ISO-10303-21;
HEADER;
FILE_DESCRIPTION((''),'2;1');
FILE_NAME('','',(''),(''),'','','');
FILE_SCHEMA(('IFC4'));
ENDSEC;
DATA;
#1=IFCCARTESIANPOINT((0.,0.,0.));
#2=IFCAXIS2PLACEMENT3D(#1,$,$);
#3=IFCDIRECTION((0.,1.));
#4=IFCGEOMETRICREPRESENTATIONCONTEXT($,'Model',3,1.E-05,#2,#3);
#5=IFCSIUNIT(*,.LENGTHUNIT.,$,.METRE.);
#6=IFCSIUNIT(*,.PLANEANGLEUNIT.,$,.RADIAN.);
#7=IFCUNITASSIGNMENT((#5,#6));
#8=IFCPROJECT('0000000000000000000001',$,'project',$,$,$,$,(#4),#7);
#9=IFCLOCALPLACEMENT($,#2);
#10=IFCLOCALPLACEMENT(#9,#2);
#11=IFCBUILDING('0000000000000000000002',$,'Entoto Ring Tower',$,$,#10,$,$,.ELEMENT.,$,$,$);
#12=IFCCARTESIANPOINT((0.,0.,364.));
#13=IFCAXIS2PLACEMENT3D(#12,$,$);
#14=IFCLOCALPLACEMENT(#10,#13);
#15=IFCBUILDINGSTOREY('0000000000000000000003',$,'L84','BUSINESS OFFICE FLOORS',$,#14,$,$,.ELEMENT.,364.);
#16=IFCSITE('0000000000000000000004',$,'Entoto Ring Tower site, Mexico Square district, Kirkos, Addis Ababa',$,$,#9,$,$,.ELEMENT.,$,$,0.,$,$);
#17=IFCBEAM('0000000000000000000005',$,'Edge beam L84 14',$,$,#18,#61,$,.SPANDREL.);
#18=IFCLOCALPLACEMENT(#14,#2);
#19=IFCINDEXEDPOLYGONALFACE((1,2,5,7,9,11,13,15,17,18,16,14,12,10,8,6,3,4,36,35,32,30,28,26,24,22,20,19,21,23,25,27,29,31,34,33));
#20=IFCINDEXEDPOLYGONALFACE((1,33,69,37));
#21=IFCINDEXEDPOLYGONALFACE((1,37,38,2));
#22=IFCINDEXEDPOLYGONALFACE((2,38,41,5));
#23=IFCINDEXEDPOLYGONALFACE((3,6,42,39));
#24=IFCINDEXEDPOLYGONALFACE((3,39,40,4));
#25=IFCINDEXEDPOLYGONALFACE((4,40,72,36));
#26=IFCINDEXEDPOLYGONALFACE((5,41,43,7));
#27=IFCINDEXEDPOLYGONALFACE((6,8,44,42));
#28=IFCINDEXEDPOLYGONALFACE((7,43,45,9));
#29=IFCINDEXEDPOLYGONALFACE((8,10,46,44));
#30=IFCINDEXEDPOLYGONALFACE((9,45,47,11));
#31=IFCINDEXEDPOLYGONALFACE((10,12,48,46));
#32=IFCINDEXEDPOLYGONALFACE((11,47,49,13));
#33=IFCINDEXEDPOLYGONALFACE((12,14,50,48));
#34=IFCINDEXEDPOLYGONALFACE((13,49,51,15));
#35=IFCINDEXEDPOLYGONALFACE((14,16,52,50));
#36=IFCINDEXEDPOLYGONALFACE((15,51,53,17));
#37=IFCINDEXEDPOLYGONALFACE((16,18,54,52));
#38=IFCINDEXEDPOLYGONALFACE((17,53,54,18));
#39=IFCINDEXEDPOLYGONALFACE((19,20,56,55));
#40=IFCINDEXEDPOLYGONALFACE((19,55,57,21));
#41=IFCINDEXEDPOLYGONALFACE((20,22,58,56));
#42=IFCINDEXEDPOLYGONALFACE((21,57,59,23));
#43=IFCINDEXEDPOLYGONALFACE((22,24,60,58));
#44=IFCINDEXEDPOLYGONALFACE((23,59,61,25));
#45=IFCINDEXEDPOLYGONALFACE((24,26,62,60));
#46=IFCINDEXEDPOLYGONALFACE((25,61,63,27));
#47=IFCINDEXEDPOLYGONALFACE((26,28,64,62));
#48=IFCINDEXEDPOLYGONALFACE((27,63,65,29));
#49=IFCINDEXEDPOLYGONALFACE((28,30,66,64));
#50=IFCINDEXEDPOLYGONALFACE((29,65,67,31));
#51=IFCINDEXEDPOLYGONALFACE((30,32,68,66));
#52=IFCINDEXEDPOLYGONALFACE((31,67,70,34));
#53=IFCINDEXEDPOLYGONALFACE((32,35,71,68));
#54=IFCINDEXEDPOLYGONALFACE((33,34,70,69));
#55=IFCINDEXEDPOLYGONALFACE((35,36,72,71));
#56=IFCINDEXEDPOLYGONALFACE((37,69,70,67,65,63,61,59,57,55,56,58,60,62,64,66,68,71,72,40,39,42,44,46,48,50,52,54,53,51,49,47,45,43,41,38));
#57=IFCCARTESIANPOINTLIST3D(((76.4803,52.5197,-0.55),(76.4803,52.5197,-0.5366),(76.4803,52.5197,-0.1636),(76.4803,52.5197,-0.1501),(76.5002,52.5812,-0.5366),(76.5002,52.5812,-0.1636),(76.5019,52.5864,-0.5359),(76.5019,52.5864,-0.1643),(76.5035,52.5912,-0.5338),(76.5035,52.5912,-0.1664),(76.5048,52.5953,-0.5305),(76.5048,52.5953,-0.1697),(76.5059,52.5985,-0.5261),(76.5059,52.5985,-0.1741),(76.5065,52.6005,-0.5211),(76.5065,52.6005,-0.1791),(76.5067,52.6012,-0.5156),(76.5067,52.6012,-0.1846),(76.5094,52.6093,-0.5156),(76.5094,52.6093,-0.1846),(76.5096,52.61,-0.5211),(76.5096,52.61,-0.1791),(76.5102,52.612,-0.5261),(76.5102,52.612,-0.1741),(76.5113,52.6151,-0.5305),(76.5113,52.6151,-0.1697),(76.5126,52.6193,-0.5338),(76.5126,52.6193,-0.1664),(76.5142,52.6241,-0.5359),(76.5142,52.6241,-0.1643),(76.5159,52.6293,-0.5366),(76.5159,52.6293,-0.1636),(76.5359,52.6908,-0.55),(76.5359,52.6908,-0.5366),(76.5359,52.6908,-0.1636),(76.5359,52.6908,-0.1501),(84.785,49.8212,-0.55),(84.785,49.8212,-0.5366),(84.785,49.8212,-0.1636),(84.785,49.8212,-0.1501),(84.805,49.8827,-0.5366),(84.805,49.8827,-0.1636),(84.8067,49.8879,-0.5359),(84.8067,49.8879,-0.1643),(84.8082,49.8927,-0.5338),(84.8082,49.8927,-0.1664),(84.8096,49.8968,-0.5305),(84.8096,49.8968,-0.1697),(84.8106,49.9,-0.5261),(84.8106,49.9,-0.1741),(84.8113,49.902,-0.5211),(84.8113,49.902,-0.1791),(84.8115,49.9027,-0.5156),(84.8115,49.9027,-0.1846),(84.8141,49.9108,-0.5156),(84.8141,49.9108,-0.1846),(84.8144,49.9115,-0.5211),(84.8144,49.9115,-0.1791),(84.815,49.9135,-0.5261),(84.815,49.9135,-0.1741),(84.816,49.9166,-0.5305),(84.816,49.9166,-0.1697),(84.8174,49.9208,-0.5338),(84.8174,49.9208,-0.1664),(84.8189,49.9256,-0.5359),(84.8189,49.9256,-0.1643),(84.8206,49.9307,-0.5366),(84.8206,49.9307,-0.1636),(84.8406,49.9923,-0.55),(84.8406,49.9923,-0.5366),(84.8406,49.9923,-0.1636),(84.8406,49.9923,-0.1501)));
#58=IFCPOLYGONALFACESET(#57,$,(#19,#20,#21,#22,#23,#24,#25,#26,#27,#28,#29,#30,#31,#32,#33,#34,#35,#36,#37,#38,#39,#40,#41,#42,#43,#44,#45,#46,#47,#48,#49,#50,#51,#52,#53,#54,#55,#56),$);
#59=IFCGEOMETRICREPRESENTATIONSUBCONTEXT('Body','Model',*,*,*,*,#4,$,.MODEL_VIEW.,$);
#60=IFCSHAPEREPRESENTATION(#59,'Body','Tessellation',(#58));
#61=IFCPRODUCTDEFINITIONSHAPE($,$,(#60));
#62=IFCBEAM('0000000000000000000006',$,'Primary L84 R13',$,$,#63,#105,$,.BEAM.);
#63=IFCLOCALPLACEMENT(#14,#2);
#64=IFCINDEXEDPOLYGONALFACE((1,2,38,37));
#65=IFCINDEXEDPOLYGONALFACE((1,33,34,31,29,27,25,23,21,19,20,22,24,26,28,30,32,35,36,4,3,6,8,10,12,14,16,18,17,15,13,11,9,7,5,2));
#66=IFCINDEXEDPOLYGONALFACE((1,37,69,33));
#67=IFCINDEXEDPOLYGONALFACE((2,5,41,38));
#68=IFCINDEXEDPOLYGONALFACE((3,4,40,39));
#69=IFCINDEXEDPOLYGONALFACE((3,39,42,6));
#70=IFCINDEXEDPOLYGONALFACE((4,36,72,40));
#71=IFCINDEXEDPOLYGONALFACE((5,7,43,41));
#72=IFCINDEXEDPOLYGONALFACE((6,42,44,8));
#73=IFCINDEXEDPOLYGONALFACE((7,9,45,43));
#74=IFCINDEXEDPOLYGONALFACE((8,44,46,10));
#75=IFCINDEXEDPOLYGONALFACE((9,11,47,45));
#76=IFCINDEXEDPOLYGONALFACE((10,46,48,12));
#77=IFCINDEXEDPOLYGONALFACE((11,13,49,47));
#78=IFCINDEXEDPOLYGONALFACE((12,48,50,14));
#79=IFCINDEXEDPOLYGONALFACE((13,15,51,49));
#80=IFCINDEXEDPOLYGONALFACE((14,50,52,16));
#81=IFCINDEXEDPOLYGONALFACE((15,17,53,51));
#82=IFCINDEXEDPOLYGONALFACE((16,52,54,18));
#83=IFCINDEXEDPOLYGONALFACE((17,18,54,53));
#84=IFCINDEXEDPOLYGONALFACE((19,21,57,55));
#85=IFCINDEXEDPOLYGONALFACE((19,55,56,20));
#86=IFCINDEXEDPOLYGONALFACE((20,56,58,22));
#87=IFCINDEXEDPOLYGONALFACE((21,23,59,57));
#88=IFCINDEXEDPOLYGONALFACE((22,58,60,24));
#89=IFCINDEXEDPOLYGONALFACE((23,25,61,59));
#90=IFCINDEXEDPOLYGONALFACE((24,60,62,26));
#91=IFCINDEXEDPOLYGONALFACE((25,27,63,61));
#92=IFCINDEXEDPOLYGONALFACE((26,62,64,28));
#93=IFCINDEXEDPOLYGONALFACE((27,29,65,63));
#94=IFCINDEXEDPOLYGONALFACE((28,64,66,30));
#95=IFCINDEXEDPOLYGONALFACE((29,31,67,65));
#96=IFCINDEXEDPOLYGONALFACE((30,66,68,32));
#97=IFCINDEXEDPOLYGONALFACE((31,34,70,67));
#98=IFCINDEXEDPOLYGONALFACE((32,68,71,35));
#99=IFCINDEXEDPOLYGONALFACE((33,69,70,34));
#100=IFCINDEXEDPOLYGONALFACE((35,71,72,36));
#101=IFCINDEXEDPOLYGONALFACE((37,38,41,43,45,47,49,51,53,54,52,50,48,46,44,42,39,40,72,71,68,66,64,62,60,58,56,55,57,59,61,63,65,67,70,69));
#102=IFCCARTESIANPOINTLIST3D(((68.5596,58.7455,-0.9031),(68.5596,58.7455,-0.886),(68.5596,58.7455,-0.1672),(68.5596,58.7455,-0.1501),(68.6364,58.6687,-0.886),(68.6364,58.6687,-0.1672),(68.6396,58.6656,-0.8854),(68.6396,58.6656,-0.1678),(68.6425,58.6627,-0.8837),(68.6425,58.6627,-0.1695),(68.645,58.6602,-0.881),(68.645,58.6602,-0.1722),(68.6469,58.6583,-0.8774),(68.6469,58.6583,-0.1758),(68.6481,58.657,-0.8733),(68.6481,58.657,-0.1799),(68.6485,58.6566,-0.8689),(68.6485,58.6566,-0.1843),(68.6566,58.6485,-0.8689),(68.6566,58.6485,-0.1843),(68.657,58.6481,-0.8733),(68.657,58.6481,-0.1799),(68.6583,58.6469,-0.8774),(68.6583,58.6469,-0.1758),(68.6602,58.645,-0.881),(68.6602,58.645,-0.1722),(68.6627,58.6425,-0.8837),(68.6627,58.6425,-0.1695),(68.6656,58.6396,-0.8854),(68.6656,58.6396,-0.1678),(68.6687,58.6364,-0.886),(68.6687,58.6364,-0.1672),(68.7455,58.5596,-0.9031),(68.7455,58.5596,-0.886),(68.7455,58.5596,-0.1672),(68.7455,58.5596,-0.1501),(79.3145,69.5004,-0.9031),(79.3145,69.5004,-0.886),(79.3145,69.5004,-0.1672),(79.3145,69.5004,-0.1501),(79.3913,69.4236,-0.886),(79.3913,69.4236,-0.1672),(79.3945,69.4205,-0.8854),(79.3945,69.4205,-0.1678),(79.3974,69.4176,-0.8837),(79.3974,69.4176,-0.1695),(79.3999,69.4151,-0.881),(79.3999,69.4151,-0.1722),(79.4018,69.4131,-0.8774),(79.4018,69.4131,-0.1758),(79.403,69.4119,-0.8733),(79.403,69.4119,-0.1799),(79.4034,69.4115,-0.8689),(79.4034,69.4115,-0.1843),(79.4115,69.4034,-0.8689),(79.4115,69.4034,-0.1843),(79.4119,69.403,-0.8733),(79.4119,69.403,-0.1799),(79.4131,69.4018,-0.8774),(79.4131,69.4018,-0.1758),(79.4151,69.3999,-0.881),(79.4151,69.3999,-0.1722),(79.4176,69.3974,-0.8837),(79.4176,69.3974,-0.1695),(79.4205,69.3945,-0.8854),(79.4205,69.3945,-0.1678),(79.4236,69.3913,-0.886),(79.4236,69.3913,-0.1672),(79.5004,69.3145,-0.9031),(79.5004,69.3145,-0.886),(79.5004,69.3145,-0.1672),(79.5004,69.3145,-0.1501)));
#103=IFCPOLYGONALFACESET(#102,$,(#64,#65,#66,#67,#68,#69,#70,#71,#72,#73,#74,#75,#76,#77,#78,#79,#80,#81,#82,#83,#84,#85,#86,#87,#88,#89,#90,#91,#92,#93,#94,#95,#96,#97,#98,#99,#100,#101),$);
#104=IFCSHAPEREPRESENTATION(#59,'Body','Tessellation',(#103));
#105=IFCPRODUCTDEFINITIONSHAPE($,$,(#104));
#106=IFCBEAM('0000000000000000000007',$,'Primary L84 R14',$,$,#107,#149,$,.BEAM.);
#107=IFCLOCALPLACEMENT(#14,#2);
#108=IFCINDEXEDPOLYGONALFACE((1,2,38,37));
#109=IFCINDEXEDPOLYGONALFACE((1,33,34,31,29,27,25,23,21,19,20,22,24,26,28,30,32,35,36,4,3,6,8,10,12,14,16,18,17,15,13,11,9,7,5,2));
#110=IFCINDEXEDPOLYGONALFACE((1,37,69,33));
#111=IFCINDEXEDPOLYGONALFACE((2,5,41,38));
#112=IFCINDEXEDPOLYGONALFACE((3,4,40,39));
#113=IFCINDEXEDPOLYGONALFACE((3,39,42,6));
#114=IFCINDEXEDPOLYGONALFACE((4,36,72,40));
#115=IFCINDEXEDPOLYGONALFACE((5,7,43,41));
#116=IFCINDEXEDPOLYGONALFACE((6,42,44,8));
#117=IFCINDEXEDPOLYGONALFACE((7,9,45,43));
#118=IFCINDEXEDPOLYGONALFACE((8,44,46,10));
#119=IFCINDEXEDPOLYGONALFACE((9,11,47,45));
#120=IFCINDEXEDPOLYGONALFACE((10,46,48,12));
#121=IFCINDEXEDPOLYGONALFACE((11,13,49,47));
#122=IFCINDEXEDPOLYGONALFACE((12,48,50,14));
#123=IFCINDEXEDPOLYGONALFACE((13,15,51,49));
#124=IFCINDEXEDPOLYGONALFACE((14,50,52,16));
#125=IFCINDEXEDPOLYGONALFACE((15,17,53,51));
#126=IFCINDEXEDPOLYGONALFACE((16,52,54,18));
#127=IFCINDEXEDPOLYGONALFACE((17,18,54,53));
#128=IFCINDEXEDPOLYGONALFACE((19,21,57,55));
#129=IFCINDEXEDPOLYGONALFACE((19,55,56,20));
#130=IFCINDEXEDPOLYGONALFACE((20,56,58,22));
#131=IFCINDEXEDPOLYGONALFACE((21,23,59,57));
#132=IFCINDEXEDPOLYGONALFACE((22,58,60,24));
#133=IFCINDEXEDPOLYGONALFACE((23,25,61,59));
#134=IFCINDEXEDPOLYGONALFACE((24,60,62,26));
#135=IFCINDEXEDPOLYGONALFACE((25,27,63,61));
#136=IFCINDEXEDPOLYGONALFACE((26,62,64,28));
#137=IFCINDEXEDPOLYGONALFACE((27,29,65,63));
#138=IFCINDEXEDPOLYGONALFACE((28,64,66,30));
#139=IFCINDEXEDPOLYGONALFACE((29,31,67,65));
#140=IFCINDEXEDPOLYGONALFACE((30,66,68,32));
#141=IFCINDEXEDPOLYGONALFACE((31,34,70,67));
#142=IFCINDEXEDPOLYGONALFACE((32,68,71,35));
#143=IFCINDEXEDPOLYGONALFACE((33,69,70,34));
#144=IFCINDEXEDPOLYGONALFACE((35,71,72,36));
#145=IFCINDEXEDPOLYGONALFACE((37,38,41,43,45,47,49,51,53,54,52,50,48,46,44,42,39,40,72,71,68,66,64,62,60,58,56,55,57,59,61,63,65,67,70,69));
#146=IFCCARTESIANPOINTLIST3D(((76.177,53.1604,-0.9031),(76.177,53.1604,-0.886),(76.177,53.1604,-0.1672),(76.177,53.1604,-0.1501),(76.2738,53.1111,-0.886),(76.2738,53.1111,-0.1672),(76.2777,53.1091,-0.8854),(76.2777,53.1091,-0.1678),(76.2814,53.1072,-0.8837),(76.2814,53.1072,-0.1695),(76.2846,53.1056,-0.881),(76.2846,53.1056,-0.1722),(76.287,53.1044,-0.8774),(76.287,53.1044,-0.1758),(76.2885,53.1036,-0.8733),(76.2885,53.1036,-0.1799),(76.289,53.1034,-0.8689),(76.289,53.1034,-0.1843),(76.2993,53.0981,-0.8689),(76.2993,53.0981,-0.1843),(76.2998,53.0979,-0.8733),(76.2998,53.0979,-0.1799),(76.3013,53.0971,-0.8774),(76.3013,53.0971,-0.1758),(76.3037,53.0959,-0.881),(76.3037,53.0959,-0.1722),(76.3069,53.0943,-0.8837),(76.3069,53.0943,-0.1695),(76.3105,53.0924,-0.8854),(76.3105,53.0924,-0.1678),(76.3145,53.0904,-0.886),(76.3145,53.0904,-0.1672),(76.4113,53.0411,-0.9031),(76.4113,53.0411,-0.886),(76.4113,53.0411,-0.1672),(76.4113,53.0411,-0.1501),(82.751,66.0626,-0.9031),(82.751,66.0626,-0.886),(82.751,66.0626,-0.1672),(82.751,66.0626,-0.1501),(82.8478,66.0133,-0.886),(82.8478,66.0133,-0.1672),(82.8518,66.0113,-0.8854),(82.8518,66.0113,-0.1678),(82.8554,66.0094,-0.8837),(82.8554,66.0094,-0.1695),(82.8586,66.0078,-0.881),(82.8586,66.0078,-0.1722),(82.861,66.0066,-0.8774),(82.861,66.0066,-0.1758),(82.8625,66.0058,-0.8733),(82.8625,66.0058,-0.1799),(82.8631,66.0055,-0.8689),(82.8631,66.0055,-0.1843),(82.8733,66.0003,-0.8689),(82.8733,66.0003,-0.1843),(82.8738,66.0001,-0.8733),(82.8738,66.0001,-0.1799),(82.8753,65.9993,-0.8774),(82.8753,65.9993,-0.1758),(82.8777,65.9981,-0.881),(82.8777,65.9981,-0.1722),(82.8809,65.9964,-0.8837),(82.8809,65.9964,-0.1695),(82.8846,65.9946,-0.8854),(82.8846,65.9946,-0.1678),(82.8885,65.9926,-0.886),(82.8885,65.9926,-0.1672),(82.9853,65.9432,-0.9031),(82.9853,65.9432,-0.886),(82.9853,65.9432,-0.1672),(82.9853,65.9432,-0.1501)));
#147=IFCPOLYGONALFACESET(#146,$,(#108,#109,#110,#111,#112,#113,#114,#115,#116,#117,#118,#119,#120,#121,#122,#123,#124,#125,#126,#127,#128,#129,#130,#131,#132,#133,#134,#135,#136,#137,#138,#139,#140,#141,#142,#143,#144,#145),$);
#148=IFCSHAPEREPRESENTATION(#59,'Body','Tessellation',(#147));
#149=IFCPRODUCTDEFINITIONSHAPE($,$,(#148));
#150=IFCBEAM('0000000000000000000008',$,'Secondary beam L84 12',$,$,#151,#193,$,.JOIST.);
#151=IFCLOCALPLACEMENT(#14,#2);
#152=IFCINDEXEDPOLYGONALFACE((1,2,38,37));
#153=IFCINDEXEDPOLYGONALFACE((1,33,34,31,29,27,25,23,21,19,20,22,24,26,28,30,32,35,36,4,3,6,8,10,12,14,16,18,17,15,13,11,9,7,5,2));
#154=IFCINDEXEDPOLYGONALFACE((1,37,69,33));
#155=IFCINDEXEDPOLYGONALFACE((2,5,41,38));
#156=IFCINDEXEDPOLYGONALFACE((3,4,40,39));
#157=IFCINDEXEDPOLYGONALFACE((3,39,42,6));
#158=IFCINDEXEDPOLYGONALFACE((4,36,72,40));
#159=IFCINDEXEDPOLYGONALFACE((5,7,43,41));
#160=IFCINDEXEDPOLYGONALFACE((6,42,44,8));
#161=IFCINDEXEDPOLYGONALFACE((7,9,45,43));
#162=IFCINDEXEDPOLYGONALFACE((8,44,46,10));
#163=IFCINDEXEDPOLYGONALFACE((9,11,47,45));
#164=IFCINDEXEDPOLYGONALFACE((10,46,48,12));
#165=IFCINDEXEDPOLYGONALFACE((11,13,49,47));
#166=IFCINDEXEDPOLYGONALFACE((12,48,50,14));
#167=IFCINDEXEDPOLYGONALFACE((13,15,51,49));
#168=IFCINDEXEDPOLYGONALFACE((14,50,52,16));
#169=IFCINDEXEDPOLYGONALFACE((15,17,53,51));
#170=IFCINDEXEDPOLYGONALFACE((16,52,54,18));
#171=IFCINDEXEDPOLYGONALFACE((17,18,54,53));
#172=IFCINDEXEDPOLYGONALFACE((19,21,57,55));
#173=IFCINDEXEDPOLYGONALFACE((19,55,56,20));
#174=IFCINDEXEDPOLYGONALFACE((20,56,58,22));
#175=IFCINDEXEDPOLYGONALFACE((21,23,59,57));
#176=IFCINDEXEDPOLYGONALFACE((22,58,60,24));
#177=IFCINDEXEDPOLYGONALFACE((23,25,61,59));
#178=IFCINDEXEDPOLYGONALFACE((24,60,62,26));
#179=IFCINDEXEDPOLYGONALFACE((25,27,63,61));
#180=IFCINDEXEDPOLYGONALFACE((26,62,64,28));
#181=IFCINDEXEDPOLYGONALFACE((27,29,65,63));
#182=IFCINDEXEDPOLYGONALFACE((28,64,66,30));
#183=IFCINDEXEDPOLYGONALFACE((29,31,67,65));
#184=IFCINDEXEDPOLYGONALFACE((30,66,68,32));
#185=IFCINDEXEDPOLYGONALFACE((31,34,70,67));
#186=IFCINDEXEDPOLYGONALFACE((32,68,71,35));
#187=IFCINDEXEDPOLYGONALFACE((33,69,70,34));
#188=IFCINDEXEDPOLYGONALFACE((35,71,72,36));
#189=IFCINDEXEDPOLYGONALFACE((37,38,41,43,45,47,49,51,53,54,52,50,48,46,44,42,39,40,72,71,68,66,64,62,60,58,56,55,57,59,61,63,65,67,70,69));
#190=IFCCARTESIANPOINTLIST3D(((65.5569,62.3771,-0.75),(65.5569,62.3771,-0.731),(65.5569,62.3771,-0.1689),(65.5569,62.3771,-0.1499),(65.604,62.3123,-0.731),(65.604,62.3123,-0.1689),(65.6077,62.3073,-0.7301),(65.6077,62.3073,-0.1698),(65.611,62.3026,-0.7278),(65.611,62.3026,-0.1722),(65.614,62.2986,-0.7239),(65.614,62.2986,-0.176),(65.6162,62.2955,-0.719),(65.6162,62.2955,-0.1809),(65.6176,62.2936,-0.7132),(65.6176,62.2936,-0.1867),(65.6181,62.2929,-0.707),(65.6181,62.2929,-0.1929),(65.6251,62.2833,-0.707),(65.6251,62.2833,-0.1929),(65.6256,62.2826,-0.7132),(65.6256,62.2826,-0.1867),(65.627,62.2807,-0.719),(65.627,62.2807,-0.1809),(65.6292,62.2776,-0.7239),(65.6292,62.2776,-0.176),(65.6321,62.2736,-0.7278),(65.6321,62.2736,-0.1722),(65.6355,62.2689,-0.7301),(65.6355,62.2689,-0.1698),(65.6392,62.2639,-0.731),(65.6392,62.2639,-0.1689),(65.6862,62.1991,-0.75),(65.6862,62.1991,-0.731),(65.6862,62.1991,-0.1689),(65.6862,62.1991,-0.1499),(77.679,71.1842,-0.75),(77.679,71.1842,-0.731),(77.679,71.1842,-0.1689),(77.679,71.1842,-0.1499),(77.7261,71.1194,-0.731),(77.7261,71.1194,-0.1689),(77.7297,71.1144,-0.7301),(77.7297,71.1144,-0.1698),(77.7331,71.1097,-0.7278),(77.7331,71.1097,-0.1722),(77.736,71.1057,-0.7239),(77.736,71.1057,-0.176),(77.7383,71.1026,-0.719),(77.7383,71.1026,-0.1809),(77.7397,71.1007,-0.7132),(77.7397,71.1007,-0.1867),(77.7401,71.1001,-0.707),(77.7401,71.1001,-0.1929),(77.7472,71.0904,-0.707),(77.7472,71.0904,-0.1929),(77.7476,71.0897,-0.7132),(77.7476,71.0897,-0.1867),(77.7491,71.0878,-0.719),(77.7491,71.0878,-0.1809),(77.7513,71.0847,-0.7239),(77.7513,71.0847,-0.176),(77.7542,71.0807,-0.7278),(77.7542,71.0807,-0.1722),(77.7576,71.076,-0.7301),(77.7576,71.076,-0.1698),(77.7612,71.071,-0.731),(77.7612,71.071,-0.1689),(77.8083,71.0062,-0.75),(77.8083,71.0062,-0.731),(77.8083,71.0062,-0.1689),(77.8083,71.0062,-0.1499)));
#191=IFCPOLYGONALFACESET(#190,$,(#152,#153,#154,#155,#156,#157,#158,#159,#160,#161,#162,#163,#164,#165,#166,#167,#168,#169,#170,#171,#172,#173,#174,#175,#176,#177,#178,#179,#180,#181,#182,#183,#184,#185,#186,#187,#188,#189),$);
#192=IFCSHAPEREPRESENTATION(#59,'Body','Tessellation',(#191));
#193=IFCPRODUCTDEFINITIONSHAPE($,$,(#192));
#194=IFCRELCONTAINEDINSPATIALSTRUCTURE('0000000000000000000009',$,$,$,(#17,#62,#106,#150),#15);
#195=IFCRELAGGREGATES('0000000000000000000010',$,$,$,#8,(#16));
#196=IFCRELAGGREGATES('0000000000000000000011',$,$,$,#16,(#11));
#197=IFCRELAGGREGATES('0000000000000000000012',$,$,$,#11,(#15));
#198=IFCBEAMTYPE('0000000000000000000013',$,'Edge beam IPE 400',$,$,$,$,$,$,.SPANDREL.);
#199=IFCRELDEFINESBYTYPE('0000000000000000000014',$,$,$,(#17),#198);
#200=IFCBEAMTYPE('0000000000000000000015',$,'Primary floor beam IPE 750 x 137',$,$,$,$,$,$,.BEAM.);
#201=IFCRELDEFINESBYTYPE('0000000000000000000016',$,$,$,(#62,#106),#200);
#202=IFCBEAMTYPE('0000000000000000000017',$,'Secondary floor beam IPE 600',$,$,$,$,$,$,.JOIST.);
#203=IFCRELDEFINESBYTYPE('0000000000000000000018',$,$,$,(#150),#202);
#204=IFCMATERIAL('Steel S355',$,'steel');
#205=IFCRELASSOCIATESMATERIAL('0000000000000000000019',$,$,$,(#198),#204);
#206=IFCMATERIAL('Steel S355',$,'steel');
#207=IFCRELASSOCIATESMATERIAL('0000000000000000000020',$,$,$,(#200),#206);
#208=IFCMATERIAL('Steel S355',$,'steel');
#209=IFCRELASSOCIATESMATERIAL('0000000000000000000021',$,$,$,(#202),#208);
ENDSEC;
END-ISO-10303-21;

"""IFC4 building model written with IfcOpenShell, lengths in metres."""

from ifc_helpers import new_model, si_unit, direction, frame, origin, origin_2d, place, context, subcontext, project, spatial, i_section, extrude, material, material_profile, profile_set, type_object, element, save


model = new_model("IFC4")

# Units and contexts
model_context = context("Model", 3, precision=1e-05, world=origin(), true_north=direction((0.0, 1.0)))
body_context = subcontext(model_context, "Body", "Model", "MODEL_VIEW")
ifc_project = project(units=[si_unit("LENGTHUNIT", "METRE"), si_unit("PLANEANGLEUNIT", "RADIAN")], contexts=[model_context])

# Site, building, storey
site_placement = place(None, origin())
site = spatial("IfcSite", under=ifc_project, at=site_placement, Name="Entoto Ring Tower site, Mexico Square district, Kirkos, Addis Ababa", CompositionType="ELEMENT", RefElevation=0.0)
building_placement = place(site_placement, origin())
building = spatial("IfcBuilding", under=site, at=building_placement, Name="Entoto Ring Tower", CompositionType="ELEMENT")
storey_placement = place(building_placement, frame((0.0, 0.0, 364.0)))
storey = spatial("IfcBuildingStorey", under=building, at=storey_placement, Name="L84", Description="BUSINESS OFFICE FLOORS", CompositionType="ELEMENT", Elevation=364.0)

# Beams
ifc_material_1 = material(Name="Steel S355", Category="steel")
ifc_material_profile_1 = material_profile(ifc_material_1, i_section(OverallWidth=0.1799, OverallDepth=0.3999, WebThickness=0.0085, FlangeThickness=0.0134, FilletRadius=0.021, at=origin_2d()), Name="IPE 400")
ifc_profile_set_1 = profile_set([ifc_material_profile_1], Name="Steel S355")
beam_type_1 = type_object("IfcBeamType", Name="Edge beam IPE 400", PredefinedType="SPANDREL", material=ifc_profile_set_1)
beam_1_placement = place(storey_placement, frame((76.5081, 52.6052, -0.3501), z_axis=(0.951052, -0.30903, 0.0), x_axis=(0.30903, 0.951052, 0.0)))
element("IfcBeam", 1, at=beam_1_placement, inside=storey, type_object=beam_type_1, Name="Edge beam L84 14", PredefinedType="SPANDREL", context=body_context, shape_type="SweptSolid", body=[
    extrude(i_section(OverallWidth=0.1799, OverallDepth=0.3999, WebThickness=0.0085, FlangeThickness=0.0134, FilletRadius=0.021, at=origin_2d()), origin(), (0.0, 0.0, 1.0), 8.7322),
])
ifc_material_2 = material(Name="Steel S355", Category="steel")
ifc_material_profile_2 = material_profile(ifc_material_2, i_section(OverallWidth=0.2629, OverallDepth=0.7529, WebThickness=0.0115, FlangeThickness=0.0171, FilletRadius=0.0171, at=origin_2d()), Name="IPE 750 x 137")
ifc_profile_set_2 = profile_set([ifc_material_profile_2], Name="Steel S355")
beam_type_2 = type_object("IfcBeamType", Name="Primary floor beam IPE 750 x 137", PredefinedType="BEAM", material=ifc_profile_set_2)
beam_2_placement = place(storey_placement, frame((79.4075, 69.4075, -0.5266), z_axis=(-0.707107, -0.707107, 0.0), x_axis=(0.707107, -0.707107, 0.0)))
element("IfcBeam", 2, at=beam_2_placement, inside=storey, type_object=beam_type_2, Name="Primary L84 R13", PredefinedType="BEAM", context=body_context, shape_type="SweptSolid", body=[
    extrude(i_section(OverallWidth=0.2629, OverallDepth=0.7529, WebThickness=0.0115, FlangeThickness=0.0171, FilletRadius=0.0171, at=origin_2d()), origin(), (0.0, 0.0, 1.0), 15.2097),
])
beam_3_placement = place(storey_placement, frame((82.8682, 66.0029, -0.5266), z_axis=(-0.453992, -0.891006, 0.0), x_axis=(0.891006, -0.453992, 0.0)))
element("IfcBeam", 3, at=beam_3_placement, inside=storey, type_object=beam_type_2, Name="Primary L84 R14", PredefinedType="BEAM", context=body_context, shape_type="SweptSolid", body=[
    extrude(i_section(OverallWidth=0.2629, OverallDepth=0.7529, WebThickness=0.0115, FlangeThickness=0.0171, FilletRadius=0.0171, at=origin_2d()), origin(), (0.0, 0.0, 1.0), 14.4805),
])
ifc_material_3 = material(Name="Steel S355", Category="steel")
ifc_material_profile_3 = material_profile(ifc_material_3, i_section(OverallWidth=0.22, OverallDepth=0.6001, WebThickness=0.012, FlangeThickness=0.019, FilletRadius=0.0239, at=origin_2d()), Name="IPE 600")
ifc_profile_set_3 = profile_set([ifc_material_profile_3], Name="Steel S355")
beam_type_3 = type_object("IfcBeamType", Name="Secondary floor beam IPE 600", PredefinedType="JOIST", material=ifc_profile_set_3)
for number, where, z_axis, x_axis, name in (
    (4, (77.7437, 71.0952, -0.45), (-0.809019, -0.587782, 0.0), (0.587782, -0.809019, 0.0), "Secondary beam L84 12"),
):
    element("IfcBeam", number, at=place(storey_placement, frame(where, z_axis=z_axis, x_axis=x_axis)), inside=storey, type_object=beam_type_3, Name=name, PredefinedType="JOIST", context=body_context, shape_type="SweptSolid", body=[
        extrude(i_section(OverallWidth=0.22, OverallDepth=0.6001, WebThickness=0.012, FlangeThickness=0.019, FilletRadius=0.0239, at=origin_2d()), origin(), (0.0, 0.0, 1.0), 14.9836),
    ])

save(model, "model.ifc")
